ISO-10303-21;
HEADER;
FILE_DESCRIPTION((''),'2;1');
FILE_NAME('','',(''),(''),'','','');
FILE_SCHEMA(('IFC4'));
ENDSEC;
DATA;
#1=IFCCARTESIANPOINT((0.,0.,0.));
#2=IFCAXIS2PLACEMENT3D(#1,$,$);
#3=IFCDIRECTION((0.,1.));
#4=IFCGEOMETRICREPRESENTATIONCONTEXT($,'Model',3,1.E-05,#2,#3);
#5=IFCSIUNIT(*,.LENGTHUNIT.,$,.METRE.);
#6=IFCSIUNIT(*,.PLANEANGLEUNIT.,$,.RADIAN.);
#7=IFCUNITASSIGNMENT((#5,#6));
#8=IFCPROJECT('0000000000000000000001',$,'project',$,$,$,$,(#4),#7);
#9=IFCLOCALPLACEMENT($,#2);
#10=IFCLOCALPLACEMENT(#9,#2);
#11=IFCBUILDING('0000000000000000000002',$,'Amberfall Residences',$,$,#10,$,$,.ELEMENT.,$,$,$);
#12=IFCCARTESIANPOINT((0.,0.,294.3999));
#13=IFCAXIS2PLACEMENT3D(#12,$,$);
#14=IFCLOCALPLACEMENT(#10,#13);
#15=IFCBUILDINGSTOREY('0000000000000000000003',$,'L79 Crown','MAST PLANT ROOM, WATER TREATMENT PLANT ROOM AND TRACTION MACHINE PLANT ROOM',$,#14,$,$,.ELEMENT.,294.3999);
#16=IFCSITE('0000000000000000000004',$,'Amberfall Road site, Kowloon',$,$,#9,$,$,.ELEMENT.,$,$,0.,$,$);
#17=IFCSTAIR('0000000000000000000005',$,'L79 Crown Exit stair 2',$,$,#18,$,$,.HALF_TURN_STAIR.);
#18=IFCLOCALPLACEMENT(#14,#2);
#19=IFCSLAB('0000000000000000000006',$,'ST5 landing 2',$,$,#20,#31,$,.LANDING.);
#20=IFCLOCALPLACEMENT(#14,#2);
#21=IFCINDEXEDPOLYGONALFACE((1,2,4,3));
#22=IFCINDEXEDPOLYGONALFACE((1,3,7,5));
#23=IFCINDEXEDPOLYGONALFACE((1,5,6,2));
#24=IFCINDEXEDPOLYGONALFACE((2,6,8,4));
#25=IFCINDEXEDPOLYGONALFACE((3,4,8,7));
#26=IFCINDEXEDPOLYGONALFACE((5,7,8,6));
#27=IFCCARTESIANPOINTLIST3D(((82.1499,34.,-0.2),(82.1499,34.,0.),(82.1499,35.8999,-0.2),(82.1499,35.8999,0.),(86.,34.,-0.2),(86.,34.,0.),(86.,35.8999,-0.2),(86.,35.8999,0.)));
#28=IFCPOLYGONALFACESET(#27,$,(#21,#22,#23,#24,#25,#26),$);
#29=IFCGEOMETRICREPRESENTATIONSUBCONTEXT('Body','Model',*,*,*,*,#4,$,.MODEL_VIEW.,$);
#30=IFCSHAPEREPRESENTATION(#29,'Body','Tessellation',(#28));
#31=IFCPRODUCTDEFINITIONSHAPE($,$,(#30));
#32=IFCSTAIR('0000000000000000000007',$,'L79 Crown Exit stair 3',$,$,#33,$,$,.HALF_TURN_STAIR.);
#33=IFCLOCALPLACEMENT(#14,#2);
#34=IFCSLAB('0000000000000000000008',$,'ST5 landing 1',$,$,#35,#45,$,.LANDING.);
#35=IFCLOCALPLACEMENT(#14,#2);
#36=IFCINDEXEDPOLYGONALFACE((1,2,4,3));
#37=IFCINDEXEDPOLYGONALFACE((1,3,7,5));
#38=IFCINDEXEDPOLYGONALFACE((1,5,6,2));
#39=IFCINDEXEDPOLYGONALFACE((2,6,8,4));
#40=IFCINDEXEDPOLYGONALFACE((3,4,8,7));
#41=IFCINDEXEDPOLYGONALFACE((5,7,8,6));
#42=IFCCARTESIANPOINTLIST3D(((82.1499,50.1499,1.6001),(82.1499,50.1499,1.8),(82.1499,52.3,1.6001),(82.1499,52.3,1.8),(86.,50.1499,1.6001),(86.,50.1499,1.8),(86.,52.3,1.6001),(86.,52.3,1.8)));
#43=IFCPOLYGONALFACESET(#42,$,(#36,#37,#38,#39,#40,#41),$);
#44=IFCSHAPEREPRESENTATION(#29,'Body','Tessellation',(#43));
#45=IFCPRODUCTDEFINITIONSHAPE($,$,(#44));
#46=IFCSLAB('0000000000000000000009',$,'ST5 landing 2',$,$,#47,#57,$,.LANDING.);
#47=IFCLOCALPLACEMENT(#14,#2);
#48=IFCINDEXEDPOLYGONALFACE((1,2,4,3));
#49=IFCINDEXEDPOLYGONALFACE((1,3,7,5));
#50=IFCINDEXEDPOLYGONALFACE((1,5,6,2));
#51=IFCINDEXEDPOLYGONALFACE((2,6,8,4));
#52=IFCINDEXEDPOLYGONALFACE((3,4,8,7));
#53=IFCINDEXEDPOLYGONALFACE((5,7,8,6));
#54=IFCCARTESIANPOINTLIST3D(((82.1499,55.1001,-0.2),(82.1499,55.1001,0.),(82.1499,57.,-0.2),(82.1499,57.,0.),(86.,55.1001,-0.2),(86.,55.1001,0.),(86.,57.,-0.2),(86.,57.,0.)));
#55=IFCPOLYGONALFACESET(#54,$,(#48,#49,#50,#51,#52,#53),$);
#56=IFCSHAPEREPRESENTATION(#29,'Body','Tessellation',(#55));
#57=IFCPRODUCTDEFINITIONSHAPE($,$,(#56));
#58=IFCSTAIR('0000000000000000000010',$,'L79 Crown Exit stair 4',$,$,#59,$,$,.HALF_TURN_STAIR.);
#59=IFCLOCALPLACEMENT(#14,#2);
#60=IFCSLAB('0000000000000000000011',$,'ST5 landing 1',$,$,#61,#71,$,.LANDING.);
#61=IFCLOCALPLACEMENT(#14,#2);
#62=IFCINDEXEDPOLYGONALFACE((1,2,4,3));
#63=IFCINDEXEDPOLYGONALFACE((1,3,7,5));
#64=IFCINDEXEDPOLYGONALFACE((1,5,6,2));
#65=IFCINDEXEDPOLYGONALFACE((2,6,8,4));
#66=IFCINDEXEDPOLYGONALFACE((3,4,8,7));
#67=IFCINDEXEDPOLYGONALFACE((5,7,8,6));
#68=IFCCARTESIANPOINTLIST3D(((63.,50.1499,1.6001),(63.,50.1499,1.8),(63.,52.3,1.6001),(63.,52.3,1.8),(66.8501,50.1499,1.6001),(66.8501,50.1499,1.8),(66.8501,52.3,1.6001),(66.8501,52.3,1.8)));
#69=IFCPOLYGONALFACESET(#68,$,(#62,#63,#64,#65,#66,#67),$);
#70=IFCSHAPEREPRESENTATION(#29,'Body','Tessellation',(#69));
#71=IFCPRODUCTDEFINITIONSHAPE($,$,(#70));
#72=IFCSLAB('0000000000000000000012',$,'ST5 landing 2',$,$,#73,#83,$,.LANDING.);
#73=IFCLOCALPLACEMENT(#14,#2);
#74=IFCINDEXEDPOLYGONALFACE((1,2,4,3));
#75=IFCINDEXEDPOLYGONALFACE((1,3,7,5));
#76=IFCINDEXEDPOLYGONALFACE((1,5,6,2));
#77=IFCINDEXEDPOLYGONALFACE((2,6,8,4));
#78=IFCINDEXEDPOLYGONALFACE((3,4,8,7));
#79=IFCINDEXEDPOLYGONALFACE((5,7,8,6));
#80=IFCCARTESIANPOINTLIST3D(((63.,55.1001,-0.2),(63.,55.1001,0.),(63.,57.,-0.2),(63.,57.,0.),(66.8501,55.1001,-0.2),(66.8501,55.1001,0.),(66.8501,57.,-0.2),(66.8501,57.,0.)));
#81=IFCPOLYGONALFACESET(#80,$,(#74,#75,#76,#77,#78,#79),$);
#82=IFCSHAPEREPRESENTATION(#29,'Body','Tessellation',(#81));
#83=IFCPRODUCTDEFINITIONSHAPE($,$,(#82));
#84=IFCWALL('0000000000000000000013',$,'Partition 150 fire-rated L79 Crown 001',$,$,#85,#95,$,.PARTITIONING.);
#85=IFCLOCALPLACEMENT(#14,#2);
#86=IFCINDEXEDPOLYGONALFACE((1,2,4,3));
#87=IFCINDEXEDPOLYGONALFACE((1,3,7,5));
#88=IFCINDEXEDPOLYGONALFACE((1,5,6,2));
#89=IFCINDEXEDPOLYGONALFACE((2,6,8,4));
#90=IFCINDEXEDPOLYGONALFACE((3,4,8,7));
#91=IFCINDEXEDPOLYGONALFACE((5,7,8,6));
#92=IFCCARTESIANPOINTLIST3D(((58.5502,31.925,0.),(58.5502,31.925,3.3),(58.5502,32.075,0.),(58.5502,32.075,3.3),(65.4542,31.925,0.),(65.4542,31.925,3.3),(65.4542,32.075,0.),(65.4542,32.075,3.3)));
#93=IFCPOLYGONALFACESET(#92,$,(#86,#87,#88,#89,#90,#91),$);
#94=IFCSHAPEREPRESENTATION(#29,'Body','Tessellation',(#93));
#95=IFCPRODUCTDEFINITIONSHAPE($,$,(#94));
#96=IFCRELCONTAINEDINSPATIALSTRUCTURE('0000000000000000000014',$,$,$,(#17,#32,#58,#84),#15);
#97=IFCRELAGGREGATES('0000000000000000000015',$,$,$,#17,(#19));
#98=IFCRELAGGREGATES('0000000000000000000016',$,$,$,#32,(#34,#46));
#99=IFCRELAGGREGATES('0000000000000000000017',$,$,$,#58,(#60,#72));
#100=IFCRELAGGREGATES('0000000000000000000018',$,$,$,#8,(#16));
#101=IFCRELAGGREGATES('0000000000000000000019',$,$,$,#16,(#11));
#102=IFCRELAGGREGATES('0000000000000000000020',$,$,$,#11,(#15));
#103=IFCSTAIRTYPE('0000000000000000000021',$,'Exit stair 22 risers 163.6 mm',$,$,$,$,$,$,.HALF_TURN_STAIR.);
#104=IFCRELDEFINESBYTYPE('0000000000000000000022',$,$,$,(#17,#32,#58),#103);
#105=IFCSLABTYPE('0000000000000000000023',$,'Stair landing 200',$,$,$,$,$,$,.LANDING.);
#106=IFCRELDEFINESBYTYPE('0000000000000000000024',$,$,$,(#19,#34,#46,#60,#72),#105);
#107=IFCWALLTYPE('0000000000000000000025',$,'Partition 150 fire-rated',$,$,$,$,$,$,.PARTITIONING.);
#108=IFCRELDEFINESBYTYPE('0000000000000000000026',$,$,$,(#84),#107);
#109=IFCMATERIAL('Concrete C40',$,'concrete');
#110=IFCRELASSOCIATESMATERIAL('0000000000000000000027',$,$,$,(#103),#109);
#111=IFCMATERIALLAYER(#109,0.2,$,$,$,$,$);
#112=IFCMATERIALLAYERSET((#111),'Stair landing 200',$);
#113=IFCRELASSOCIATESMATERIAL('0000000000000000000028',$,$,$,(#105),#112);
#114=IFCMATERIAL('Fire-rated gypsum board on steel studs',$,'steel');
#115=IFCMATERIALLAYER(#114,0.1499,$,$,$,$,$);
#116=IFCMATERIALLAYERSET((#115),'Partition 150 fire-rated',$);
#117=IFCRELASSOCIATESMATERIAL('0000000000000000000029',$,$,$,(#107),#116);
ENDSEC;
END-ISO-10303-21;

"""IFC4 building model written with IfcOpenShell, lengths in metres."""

from ifc_helpers import new_model, si_unit, direction, frame, frame_2d, origin, place, context, subcontext, project, spatial, polyline, rectangle, outline, extrude, material, layer, layer_set, type_object, element, aggregate, save


model = new_model("IFC4")

# Units and contexts
model_context = context("Model", 3, precision=1e-05, world=origin(), true_north=direction((0.0, 1.0)))
body_context = subcontext(model_context, "Body", "Model", "MODEL_VIEW")
ifc_project = project(units=[si_unit("LENGTHUNIT", "METRE"), si_unit("PLANEANGLEUNIT", "RADIAN")], contexts=[model_context])

# Site, building, storey
site_placement = place(None, origin())
site = spatial("IfcSite", under=ifc_project, at=site_placement, Name="Amberfall Road site, Kowloon", CompositionType="ELEMENT", RefElevation=0.0)
building_placement = place(site_placement, origin())
building = spatial("IfcBuilding", under=site, at=building_placement, Name="Amberfall Residences", CompositionType="ELEMENT")
storey_placement = place(building_placement, frame((0.0, 0.0, 294.3999)))
storey = spatial("IfcBuildingStorey", under=building, at=storey_placement, Name="L79 Crown", Description="MAST PLANT ROOM, WATER TREATMENT PLANT ROOM AND TRACTION MACHINE PLANT ROOM", CompositionType="ELEMENT", Elevation=294.3999)

# Stairs, slabs
ifc_material_1 = material(Name="Concrete C40", Category="concrete")
stair_type = type_object("IfcStairType", Name="Exit stair 22 risers 163.6 mm", PredefinedType="HALF_TURN_STAIR", material=ifc_material_1)
ifc_layer_1 = layer(ifc_material_1, 0.2)
ifc_layer_set_1 = layer_set([ifc_layer_1], Name="Stair landing 200")
slab_type_1 = type_object("IfcSlabType", Name="Stair landing 200", PredefinedType="LANDING", material=ifc_layer_set_1)
stair_1_placement = place(storey_placement, origin())
stair_1 = element("IfcStair", 1, at=stair_1_placement, inside=storey, type_object=stair_type, Name="L79 Crown Exit stair 2", PredefinedType="HALF_TURN_STAIR")
slab_1_placement = place(storey_placement, frame((0.0, 0.0, -0.2)))
slab_1 = element("IfcSlab", 2, at=slab_1_placement, type_object=slab_type_1, Name="ST5 landing 2", PredefinedType="LANDING", context=body_context, shape_type="SweptSolid", body=[
    extrude(outline(polyline([(86.0, 34.0), (86.0, 35.8999), (82.1499, 35.8999), (82.1499, 34.0), (86.0, 34.0)])), origin(), (0.0, 0.0, 1.0), 0.2),
])
aggregate(stair_1, [slab_1])
stair_2_placement = place(storey_placement, origin())
stair_2 = element("IfcStair", 3, at=stair_2_placement, inside=storey, type_object=stair_type, Name="L79 Crown Exit stair 3", PredefinedType="HALF_TURN_STAIR")
slab_2_placement = place(storey_placement, frame((0.0, 0.0, 1.6001)))
slab_2 = element("IfcSlab", 4, at=slab_2_placement, type_object=slab_type_1, Name="ST5 landing 1", PredefinedType="LANDING", context=body_context, shape_type="SweptSolid", body=[
    extrude(outline(polyline([(82.1499, 52.3), (82.1499, 50.1499), (86.0, 50.1499), (86.0, 52.3), (82.1499, 52.3)])), origin(), (0.0, 0.0, 1.0), 0.2),
])
slab_3_placement = place(storey_placement, frame((0.0, 0.0, -0.2)))
slab_3 = element("IfcSlab", 5, at=slab_3_placement, type_object=slab_type_1, Name="ST5 landing 2", PredefinedType="LANDING", context=body_context, shape_type="SweptSolid", body=[
    extrude(outline(polyline([(82.1499, 57.0), (82.1499, 55.1001), (86.0, 55.1001), (86.0, 57.0), (82.1499, 57.0)])), origin(), (0.0, 0.0, 1.0), 0.2),
])
aggregate(stair_2, [slab_2, slab_3])
stair_3_placement = place(storey_placement, origin())
stair_3 = element("IfcStair", 6, at=stair_3_placement, inside=storey, type_object=stair_type, Name="L79 Crown Exit stair 4", PredefinedType="HALF_TURN_STAIR")
slab_4_placement = place(storey_placement, frame((0.0, 0.0, 1.6001)))
slab_4 = element("IfcSlab", 7, at=slab_4_placement, type_object=slab_type_1, Name="ST5 landing 1", PredefinedType="LANDING", context=body_context, shape_type="SweptSolid", body=[
    extrude(outline(polyline([(63.0, 52.3), (63.0, 50.1499), (66.8501, 50.1499), (66.8501, 52.3), (63.0, 52.3)])), origin(), (0.0, 0.0, 1.0), 0.2),
])
slab_5_placement = place(storey_placement, frame((0.0, 0.0, -0.2)))
slab_5 = element("IfcSlab", 8, at=slab_5_placement, type_object=slab_type_1, Name="ST5 landing 2", PredefinedType="LANDING", context=body_context, shape_type="SweptSolid", body=[
    extrude(outline(polyline([(63.0, 57.0), (63.0, 55.1001), (66.8501, 55.1001), (66.8501, 57.0), (63.0, 57.0)])), origin(), (0.0, 0.0, 1.0), 0.2),
])
aggregate(stair_3, [slab_4, slab_5])

# Wall
ifc_material_2 = material(Name="Fire-rated gypsum board on steel studs", Category="steel")
ifc_layer_2 = layer(ifc_material_2, 0.1499)
ifc_layer_set_2 = layer_set([ifc_layer_2], Name="Partition 150 fire-rated")
wall_type = type_object("IfcWallType", Name="Partition 150 fire-rated", PredefinedType="PARTITIONING", material=ifc_layer_set_2)
wall_placement = place(storey_placement, frame((58.55, 32.0, 0.0), z_axis=(0.0, 0.0, 1.0), x_axis=(1.0, 0.0, 0.0)))
element("IfcWall", 9, at=wall_placement, inside=storey, type_object=wall_type, Name="Partition 150 fire-rated L79 Crown 001", PredefinedType="PARTITIONING", context=body_context, shape_type="SweptSolid", body=[
    extrude(rectangle(XDim=6.9041, YDim=0.1499, at=frame_2d((3.4521, 0.0))), origin(), (0.0, 0.0, 1.0), 3.3),
])

save(model, "model.ifc")
